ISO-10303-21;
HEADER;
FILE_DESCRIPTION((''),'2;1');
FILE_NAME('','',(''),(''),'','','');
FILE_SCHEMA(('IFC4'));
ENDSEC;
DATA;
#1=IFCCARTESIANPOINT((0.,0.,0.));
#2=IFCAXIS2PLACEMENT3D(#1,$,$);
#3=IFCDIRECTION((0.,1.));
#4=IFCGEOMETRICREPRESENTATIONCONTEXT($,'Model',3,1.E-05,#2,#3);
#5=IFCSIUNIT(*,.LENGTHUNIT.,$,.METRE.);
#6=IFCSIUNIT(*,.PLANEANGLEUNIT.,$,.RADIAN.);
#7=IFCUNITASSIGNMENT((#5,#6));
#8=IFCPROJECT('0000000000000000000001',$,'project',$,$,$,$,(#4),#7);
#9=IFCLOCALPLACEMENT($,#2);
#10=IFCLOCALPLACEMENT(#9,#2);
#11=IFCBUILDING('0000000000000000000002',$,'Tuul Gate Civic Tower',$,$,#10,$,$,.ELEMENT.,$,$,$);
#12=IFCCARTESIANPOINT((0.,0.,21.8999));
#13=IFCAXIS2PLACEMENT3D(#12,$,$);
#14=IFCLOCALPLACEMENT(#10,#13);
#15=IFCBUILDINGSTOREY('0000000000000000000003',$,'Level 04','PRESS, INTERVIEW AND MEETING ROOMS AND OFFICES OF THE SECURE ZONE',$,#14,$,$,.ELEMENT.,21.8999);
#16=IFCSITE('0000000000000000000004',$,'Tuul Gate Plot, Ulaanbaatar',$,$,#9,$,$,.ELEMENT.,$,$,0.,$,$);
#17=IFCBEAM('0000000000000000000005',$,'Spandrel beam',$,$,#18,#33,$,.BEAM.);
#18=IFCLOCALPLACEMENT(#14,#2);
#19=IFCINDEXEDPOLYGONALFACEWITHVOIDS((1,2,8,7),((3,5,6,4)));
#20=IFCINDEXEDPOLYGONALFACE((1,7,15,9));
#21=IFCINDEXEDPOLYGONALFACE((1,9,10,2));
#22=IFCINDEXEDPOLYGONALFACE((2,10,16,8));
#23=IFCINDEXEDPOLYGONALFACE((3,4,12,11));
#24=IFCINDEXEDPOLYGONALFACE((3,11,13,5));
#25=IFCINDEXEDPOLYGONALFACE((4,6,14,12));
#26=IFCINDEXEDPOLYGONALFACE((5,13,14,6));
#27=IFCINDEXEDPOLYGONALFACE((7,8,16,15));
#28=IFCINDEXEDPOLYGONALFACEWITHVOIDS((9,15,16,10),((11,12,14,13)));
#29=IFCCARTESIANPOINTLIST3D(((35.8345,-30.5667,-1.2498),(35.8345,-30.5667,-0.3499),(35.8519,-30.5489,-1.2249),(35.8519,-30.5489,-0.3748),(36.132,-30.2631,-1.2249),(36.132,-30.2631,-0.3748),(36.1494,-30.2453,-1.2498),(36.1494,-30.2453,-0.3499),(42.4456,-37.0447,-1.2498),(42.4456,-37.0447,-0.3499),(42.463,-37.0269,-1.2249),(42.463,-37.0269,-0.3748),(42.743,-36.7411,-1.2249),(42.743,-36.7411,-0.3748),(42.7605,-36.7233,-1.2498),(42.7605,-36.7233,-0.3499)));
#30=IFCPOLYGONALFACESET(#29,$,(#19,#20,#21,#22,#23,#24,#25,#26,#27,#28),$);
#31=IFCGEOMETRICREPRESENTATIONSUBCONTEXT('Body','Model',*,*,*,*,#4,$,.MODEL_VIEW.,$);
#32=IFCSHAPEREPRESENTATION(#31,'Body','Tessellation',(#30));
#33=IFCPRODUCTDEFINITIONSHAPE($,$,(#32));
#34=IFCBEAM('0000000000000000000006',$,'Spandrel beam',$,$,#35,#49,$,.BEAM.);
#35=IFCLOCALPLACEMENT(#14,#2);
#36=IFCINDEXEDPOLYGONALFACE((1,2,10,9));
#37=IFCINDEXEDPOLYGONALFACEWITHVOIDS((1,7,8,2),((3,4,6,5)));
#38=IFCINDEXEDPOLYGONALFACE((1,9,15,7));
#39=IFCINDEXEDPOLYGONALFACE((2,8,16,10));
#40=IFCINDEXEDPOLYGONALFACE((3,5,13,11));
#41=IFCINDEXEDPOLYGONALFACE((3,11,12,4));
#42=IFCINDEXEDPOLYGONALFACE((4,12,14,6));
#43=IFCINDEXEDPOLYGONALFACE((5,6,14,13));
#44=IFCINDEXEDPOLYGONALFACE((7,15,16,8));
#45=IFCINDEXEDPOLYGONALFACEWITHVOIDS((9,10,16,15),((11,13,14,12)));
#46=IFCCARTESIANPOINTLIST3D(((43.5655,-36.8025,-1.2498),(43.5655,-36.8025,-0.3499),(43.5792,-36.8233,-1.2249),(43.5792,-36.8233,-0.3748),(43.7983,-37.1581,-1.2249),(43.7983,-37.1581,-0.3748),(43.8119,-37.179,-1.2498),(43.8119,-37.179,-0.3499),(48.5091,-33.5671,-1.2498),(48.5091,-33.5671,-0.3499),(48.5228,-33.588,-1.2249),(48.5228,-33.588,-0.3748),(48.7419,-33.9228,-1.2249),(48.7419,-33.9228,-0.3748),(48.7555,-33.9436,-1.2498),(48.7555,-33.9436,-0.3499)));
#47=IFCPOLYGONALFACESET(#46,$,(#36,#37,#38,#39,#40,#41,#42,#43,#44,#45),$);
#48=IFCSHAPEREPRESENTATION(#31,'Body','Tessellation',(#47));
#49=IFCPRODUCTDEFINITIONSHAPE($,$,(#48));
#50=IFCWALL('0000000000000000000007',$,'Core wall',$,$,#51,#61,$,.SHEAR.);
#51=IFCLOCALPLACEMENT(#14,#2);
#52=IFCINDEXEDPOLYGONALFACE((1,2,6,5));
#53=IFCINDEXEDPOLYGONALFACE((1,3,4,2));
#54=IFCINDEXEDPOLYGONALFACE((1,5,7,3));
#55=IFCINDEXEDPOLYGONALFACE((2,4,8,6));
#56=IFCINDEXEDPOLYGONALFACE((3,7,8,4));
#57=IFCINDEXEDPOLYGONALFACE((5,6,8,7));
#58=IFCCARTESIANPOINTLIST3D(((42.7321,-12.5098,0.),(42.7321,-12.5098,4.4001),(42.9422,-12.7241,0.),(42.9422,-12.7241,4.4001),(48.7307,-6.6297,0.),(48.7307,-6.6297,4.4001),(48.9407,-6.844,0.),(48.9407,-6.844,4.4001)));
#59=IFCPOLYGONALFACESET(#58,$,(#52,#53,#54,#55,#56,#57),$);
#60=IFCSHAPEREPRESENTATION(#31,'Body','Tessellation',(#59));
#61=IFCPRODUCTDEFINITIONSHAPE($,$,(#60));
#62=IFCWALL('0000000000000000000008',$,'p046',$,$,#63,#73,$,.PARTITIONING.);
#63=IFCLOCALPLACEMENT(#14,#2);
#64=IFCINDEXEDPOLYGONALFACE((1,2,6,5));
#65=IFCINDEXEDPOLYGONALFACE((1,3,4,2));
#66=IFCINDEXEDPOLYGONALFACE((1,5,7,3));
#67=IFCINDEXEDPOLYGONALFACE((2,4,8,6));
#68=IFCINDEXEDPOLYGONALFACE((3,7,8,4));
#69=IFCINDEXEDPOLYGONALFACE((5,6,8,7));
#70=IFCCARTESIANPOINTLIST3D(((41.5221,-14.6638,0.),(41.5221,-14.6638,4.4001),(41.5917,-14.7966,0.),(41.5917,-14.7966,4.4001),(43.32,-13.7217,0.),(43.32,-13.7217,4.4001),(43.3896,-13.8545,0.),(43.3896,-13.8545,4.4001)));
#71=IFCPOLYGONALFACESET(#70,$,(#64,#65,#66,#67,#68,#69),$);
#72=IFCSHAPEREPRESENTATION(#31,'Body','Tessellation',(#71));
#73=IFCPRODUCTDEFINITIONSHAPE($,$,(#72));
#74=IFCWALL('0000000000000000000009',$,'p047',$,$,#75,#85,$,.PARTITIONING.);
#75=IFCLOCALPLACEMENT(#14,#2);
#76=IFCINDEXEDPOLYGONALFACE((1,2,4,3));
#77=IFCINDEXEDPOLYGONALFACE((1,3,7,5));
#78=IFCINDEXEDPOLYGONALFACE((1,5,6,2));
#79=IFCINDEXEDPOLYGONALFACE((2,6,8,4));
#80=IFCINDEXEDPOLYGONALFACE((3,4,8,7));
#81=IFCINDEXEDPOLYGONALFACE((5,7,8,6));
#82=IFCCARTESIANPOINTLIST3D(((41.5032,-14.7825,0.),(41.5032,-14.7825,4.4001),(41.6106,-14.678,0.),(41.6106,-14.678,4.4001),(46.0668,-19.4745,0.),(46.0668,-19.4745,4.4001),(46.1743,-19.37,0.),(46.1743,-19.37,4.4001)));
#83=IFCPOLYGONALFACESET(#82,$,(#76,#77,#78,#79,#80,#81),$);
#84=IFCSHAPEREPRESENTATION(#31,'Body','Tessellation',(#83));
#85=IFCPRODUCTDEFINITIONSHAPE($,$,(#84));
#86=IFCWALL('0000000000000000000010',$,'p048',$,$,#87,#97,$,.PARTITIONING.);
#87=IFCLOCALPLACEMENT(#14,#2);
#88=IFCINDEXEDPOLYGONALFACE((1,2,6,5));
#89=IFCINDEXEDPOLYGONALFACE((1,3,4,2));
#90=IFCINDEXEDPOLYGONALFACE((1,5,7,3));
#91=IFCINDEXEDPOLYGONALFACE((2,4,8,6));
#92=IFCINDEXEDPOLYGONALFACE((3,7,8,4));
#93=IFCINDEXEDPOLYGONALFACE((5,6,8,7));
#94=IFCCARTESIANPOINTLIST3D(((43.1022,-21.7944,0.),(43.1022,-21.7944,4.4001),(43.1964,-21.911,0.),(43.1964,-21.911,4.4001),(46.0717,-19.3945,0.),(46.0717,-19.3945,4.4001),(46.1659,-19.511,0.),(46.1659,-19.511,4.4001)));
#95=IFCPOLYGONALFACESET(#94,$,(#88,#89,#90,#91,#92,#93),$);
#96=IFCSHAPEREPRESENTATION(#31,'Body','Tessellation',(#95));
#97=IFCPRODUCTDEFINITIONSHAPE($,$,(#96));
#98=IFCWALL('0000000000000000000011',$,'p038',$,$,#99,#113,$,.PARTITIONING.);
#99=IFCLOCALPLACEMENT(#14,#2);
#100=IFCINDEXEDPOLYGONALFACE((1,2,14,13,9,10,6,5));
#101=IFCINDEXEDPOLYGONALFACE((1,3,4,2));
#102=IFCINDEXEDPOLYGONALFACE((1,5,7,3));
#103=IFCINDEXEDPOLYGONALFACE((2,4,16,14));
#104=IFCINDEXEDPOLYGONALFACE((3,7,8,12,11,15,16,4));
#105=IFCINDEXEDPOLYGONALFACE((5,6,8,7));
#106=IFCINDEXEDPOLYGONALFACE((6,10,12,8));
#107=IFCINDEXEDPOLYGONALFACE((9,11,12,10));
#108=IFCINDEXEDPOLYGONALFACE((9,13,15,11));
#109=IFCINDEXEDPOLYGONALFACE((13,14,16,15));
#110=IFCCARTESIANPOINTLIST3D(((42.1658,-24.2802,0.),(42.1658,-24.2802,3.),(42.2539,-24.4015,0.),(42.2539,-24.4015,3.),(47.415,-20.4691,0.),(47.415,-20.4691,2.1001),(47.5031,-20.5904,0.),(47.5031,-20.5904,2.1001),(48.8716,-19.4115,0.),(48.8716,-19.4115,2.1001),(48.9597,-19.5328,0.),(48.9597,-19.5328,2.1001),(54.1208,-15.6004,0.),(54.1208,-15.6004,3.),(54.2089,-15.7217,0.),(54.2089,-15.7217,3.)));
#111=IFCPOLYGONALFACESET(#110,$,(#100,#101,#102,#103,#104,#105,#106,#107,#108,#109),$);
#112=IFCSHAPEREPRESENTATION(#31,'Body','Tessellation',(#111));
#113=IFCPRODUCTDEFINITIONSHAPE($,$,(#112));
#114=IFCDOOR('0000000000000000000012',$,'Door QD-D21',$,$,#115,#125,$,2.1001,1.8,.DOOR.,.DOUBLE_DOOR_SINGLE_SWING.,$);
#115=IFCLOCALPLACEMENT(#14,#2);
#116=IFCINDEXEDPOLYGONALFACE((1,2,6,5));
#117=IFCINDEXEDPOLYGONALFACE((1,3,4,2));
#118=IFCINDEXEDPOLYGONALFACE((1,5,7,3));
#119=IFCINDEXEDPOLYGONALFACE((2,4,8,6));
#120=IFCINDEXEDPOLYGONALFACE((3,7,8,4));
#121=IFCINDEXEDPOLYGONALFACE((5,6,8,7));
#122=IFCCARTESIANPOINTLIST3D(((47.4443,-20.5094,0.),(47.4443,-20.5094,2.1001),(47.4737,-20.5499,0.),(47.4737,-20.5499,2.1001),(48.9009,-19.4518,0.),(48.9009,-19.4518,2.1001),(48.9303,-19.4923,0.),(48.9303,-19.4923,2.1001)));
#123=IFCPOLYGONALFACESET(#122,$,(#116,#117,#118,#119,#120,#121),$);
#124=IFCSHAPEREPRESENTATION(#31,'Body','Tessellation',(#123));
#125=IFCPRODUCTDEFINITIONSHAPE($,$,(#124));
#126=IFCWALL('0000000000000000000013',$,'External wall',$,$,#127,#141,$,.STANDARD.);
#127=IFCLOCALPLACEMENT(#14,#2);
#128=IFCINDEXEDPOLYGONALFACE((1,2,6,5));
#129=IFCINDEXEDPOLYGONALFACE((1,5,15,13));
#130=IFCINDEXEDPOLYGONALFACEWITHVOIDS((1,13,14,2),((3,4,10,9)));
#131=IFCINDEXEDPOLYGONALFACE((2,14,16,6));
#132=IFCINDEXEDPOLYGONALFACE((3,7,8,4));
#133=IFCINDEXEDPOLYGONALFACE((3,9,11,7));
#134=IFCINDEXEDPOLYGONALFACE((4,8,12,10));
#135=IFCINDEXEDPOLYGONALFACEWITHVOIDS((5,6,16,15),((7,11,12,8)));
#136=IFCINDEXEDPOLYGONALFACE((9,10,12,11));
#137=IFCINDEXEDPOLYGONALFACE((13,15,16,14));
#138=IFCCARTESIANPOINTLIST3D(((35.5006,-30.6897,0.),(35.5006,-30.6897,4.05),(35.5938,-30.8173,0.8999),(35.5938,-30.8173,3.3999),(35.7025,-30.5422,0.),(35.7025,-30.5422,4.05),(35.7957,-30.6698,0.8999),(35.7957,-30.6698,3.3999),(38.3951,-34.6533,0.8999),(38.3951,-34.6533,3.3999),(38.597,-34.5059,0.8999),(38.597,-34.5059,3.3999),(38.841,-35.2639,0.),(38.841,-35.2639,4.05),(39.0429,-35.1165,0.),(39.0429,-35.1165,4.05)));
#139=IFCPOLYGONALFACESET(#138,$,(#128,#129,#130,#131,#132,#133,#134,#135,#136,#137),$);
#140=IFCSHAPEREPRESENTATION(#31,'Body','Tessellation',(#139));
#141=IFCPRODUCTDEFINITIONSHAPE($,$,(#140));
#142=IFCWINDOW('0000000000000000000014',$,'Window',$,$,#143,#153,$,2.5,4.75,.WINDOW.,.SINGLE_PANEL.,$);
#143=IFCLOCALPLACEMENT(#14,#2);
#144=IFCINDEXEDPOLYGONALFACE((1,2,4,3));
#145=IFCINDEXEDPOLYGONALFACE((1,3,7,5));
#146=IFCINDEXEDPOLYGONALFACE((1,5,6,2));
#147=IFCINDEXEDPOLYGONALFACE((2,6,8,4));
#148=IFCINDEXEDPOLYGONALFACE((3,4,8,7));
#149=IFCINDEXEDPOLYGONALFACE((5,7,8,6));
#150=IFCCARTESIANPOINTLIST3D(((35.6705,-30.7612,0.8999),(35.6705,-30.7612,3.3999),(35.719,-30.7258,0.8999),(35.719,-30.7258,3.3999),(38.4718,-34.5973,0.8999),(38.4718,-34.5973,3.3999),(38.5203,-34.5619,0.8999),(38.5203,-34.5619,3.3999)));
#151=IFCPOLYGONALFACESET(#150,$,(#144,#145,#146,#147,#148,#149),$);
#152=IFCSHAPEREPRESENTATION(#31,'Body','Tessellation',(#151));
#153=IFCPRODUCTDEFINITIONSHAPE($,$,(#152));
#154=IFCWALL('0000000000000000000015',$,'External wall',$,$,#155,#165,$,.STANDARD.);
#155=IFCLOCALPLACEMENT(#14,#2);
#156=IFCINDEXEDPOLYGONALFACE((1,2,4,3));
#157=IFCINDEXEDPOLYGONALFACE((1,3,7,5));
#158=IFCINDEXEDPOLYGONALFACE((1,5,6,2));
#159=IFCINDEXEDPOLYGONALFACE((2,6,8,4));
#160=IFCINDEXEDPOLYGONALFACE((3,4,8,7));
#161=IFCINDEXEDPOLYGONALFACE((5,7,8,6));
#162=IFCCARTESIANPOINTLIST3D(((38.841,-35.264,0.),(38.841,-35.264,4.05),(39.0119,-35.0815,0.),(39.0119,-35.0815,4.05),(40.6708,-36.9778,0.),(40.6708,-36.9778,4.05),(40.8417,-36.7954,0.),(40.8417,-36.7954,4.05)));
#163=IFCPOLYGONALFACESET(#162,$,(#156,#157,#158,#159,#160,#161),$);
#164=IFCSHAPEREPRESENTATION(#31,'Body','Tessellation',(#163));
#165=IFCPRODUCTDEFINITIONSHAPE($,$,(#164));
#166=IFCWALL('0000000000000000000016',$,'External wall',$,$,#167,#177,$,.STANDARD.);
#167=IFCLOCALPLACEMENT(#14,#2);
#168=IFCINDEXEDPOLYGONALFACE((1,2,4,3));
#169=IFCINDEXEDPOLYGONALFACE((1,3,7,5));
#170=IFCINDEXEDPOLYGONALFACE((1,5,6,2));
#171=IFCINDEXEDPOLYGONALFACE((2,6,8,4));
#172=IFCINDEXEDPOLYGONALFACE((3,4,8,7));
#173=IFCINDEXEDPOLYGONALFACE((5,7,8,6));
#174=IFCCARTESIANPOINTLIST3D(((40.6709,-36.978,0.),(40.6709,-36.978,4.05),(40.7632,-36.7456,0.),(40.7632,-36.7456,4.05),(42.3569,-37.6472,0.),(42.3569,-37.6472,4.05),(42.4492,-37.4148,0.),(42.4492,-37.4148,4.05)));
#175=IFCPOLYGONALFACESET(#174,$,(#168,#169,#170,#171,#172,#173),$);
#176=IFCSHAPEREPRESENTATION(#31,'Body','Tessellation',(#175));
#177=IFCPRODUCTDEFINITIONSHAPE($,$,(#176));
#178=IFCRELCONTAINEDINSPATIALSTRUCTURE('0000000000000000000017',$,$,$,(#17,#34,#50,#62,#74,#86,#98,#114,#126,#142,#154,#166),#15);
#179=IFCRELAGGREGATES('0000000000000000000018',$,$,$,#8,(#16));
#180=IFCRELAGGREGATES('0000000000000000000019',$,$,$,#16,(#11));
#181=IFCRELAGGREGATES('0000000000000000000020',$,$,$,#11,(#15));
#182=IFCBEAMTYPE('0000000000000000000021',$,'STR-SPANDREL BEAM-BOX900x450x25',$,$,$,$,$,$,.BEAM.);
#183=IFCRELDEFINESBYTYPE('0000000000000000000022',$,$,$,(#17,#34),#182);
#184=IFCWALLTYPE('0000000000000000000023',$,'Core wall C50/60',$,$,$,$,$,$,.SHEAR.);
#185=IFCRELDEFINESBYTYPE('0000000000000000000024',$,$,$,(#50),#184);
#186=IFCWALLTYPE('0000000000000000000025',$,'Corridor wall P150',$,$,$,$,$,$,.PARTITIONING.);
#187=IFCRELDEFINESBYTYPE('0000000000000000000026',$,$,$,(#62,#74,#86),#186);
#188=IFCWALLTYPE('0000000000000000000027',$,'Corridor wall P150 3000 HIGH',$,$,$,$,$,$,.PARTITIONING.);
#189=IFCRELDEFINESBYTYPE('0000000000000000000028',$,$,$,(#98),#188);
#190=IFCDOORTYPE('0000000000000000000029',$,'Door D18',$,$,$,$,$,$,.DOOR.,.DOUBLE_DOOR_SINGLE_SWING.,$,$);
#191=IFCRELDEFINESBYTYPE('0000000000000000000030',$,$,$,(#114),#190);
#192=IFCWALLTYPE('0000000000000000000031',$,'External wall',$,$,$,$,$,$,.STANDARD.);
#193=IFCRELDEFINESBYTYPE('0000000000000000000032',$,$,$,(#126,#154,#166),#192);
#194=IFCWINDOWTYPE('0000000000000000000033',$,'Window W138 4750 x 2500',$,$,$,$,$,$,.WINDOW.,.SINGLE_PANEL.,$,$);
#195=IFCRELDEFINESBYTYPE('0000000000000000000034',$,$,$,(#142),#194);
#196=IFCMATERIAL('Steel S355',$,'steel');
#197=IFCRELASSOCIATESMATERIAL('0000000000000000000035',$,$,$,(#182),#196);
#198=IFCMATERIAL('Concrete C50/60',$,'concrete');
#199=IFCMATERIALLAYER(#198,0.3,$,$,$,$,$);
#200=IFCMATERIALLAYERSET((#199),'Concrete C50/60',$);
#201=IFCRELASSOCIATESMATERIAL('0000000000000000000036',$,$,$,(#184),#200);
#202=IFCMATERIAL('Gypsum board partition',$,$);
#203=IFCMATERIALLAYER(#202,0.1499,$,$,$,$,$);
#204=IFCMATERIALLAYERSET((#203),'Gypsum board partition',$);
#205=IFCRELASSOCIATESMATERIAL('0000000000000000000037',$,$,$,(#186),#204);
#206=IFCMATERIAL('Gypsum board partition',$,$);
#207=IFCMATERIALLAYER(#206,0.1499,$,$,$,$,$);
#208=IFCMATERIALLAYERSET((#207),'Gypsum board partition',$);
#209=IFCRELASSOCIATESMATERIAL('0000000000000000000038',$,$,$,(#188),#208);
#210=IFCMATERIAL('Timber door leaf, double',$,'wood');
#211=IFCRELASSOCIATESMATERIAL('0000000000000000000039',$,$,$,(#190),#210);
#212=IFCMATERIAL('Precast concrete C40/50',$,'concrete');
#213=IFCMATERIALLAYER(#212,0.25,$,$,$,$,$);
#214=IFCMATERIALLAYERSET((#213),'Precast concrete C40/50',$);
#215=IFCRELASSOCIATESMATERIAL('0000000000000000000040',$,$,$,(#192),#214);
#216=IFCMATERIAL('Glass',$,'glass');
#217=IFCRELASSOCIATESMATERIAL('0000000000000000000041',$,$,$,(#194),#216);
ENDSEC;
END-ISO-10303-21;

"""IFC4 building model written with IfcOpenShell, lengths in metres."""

from ifc_helpers import new_model, si_unit, direction, frame, frame_2d, origin, origin_2d, place, context, subcontext, project, spatial, rectangle, hollow_rectangle, extrude, material, layer, layer_set, material_profile, profile_set, type_object, element, fill, save


model = new_model("IFC4")

# Units and contexts
model_context = context("Model", 3, precision=1e-05, world=origin(), true_north=direction((0.0, 1.0)))
body_context = subcontext(model_context, "Body", "Model", "MODEL_VIEW")
ifc_project = project(units=[si_unit("LENGTHUNIT", "METRE"), si_unit("PLANEANGLEUNIT", "RADIAN")], contexts=[model_context])

# Site, building, storey
site_placement = place(None, origin())
site = spatial("IfcSite", under=ifc_project, at=site_placement, Name="Tuul Gate Plot, Ulaanbaatar", CompositionType="ELEMENT", RefElevation=0.0)
building_placement = place(site_placement, origin())
building = spatial("IfcBuilding", under=site, at=building_placement, Name="Tuul Gate Civic Tower", CompositionType="ELEMENT")
storey_placement = place(building_placement, frame((0.0, 0.0, 21.8999)))
storey = spatial("IfcBuildingStorey", under=building, at=storey_placement, Name="Level 04", Description="PRESS, INTERVIEW AND MEETING ROOMS AND OFFICES OF THE SECURE ZONE", CompositionType="ELEMENT", Elevation=21.8999)

# Beams
ifc_material_1 = material(Name="Steel S355", Category="steel")
ifc_material_profile_1 = material_profile(ifc_material_1, hollow_rectangle(XDim=0.45, YDim=0.8999, WallThickness=0.0249, at=origin_2d()), Name="BOX900x450x25")
ifc_profile_set_1 = profile_set([ifc_material_profile_1], Name="Steel S355")
beam_type_1 = type_object("IfcBeamType", Name="STR-SPANDREL BEAM-BOX900x450x25", PredefinedType="BEAM", material=ifc_profile_set_1)
beam_1_placement = place(storey_placement, frame((35.9919, -30.406, -0.7998), z_axis=(0.714258, -0.699883, 0.0), x_axis=(0.699883, 0.714258, 0.0)))
element("IfcBeam", 1, at=beam_1_placement, inside=storey, type_object=beam_type_1, Name="Spandrel beam", PredefinedType="BEAM", context=body_context, shape_type="SweptSolid", body=[
    extrude(hollow_rectangle(XDim=0.45, YDim=0.8999, WallThickness=0.0249, at=origin_2d()), origin(), (0.0, 0.0, 1.0), 9.2559),
])
beam_2_placement = place(storey_placement, frame((43.6887, -36.9907, -0.7998), z_axis=(0.836737, 0.547604, 0.0), x_axis=(-0.547604, 0.836737, 0.0)))
element("IfcBeam", 2, at=beam_2_placement, inside=storey, type_object=beam_type_1, Name="Spandrel beam", PredefinedType="BEAM", context=body_context, shape_type="SweptSolid", body=[
    extrude(hollow_rectangle(XDim=0.45, YDim=0.8999, WallThickness=0.0249, at=origin_2d()), origin(), (0.0, 0.0, 1.0), 5.9082),
])

# Walls
ifc_material_2 = material(Name="Concrete C50/60", Category="concrete")
ifc_layer_1 = layer(ifc_material_2, 0.3)
ifc_layer_set_1 = layer_set([ifc_layer_1], Name="Concrete C50/60")
wall_type_1 = type_object("IfcWallType", Name="Core wall C50/60", PredefinedType="SHEAR", material=ifc_layer_set_1)
wall_1_placement = place(storey_placement, frame((42.8372, -12.6169, 0.0), z_axis=(0.0, 0.0, 1.0), x_axis=(0.71412, 0.700023, 0.0)))
element("IfcWall", 3, at=wall_1_placement, inside=storey, type_object=wall_type_1, Name="Core wall", PredefinedType="SHEAR", context=body_context, shape_type="SweptSolid", body=[
    extrude(rectangle(XDim=8.3999, YDim=0.3, at=frame_2d((4.2, 0.0))), origin(), (0.0, 0.0, 1.0), 4.4001),
])
ifc_material_3 = material(Name="Gypsum board partition")
ifc_layer_2 = layer(ifc_material_3, 0.1499)
ifc_layer_set_2 = layer_set([ifc_layer_2], Name="Gypsum board partition")
wall_type_2 = type_object("IfcWallType", Name="Corridor wall P150", PredefinedType="PARTITIONING", material=ifc_layer_set_2)
wall_2_placement = place(storey_placement, frame((41.5569, -14.7302, 0.0), z_axis=(0.0, 0.0, 1.0), x_axis=(0.885749, 0.464164, 0.0)))
element("IfcWall", 4, at=wall_2_placement, inside=storey, type_object=wall_type_2, Name="p046", PredefinedType="PARTITIONING", context=body_context, shape_type="SweptSolid", body=[
    extrude(rectangle(XDim=2.0298, YDim=0.1499, at=frame_2d((1.0149, 0.0))), origin(), (0.0, 0.0, 1.0), 4.4001),
])
wall_3_placement = place(storey_placement, frame((41.5569, -14.7302, 0.0), z_axis=(0.0, 0.0, 1.0), x_axis=(0.697229, -0.716848, 0.0)))
element("IfcWall", 5, at=wall_3_placement, inside=storey, type_object=wall_type_2, Name="p047", PredefinedType="PARTITIONING", context=body_context, shape_type="SweptSolid", body=[
    extrude(rectangle(XDim=6.5454, YDim=0.1499, at=frame_2d((3.2727, 0.0))), origin(), (0.0, 0.0, 1.0), 4.4001),
])
wall_4_placement = place(storey_placement, frame((43.1492, -21.8528, 0.0), z_axis=(0.0, 0.0, 1.0), x_axis=(0.777752, 0.628571, 0.0)))
element("IfcWall", 6, at=wall_4_placement, inside=storey, type_object=wall_type_2, Name="p048", PredefinedType="PARTITIONING", context=body_context, shape_type="SweptSolid", body=[
    extrude(rectangle(XDim=3.8181, YDim=0.1499, at=frame_2d((1.9092, 0.0))), origin(), (0.0, 0.0, 1.0), 4.4001),
])

# Wall, opening, door
ifc_material_4 = material(Name="Gypsum board partition")
ifc_layer_3 = layer(ifc_material_4, 0.1499)
ifc_layer_set_3 = layer_set([ifc_layer_3], Name="Gypsum board partition")
wall_type_3 = type_object("IfcWallType", Name="Corridor wall P150 3000 HIGH", PredefinedType="PARTITIONING", material=ifc_layer_set_3)
wall_5_placement = place(storey_placement, frame((42.21, -24.3408, 0.0), z_axis=(0.0, 0.0, 1.0), x_axis=(0.809208, 0.587522, 0.0)))
wall_5 = element("IfcWall", 7, at=wall_5_placement, inside=storey, type_object=wall_type_3, Name="p038", PredefinedType="PARTITIONING", context=body_context, shape_type="SweptSolid", body=[
    extrude(rectangle(XDim=14.7737, YDim=0.1499, at=frame_2d((7.3867, 0.0))), origin(), (0.0, 0.0, 1.0), 3.0),
])
opening_1_placement = place(wall_5_placement, frame((6.4868, 0.0, 0.0)))
opening_1 = element("IfcOpeningElement", 8, at=opening_1_placement, cuts=wall_5, PredefinedType="OPENING", context=body_context, shape_type="SweptSolid", body=[
    extrude(rectangle(XDim=1.8, YDim=2.1001, at=frame_2d((0.8999, 1.05))), frame((0.0, 0.085, 0.0), z_axis=(0.0, -1.0, 0.0), x_axis=(1.0, 0.0, 0.0)), (0.0, 0.0, 1.0), 0.1699),
])
ifc_material_5 = material(Name="Timber door leaf, double", Category="wood")
door_type = type_object("IfcDoorType", Name="Door D18", OperationType="DOUBLE_DOOR_SINGLE_SWING", PredefinedType="DOOR", material=ifc_material_5)
door_placement = place(opening_1_placement, frame((1.8, 0.0, 0.0), z_axis=(0.0, 0.0, 1.0), x_axis=(-1.0, 0.0, 0.0)))
door = element("IfcDoor", 9, at=door_placement, inside=storey, type_object=door_type, Name="Door QD-D21", OperationType="DOUBLE_DOOR_SINGLE_SWING", OverallHeight=2.1001, OverallWidth=1.8, PredefinedType="DOOR", context=body_context, shape_type="SweptSolid", body=[
    extrude(rectangle(XDim=1.8, YDim=2.1001, at=frame_2d((0.9001, 1.05))), frame((0.0, 0.0249, 0.0), z_axis=(0.0, -1.0, 0.0), x_axis=(1.0, 0.0, 0.0)), (0.0, 0.0, 1.0), 0.05),
])
fill(opening_1, door)

# Wall, opening, window
ifc_material_6 = material(Name="Precast concrete C40/50", Category="concrete")
ifc_layer_4 = layer(ifc_material_6, 0.25)
ifc_layer_set_4 = layer_set([ifc_layer_4], Name="Precast concrete C40/50")
wall_type_4 = type_object("IfcWallType", Name="External wall", PredefinedType="STANDARD", material=ifc_layer_set_4)
wall_6_placement = place(storey_placement, frame((35.6016, -30.616, 0.0), z_axis=(0.0, 0.0, 1.0), x_axis=(0.589744, -0.80759, 0.0)))
wall_6 = element("IfcWall", 10, at=wall_6_placement, inside=storey, type_object=wall_type_4, Name="External wall", PredefinedType="STANDARD", context=body_context, shape_type="SweptSolid", body=[
    extrude(rectangle(XDim=5.6641, YDim=0.25, at=frame_2d((2.832, 0.0))), origin(), (0.0, 0.0, 1.0), 4.05),
])
opening_2_placement = place(wall_6_placement, frame((0.158, 0.0, 0.8999)))
opening_2 = element("IfcOpeningElement", 11, at=opening_2_placement, cuts=wall_6, PredefinedType="OPENING", context=body_context, shape_type="SweptSolid", body=[
    extrude(rectangle(XDim=4.75, YDim=2.5, at=frame_2d((2.375, 1.25))), frame((0.0, 0.135, 0.0), z_axis=(0.0, -1.0, 0.0), x_axis=(1.0, 0.0, 0.0)), (0.0, 0.0, 1.0), 0.27),
])
ifc_material_7 = material(Name="Glass", Category="glass")
window_type = type_object("IfcWindowType", Name="Window W138 4750 x 2500", PartitioningType="SINGLE_PANEL", PredefinedType="WINDOW", material=ifc_material_7)
window_placement = place(opening_2_placement, origin())
window = element("IfcWindow", 12, at=window_placement, inside=storey, type_object=window_type, Name="Window", OverallHeight=2.5, OverallWidth=4.75, PartitioningType="SINGLE_PANEL", PredefinedType="WINDOW", context=body_context, shape_type="SweptSolid", body=[
    extrude(rectangle(XDim=4.75, YDim=2.5, at=frame_2d((2.375, 1.25))), frame((0.0, 0.03, 0.0), z_axis=(0.0, -1.0, 0.0), x_axis=(1.0, 0.0, 0.0)), (0.0, 0.0, 1.0), 0.0601),
])
fill(opening_2, window)

# Walls
wall_7_placement = place(storey_placement, frame((38.9265, -35.1729, 0.0), z_axis=(0.0, 0.0, 1.0), x_axis=(0.729856, -0.683601, 0.0)))
element("IfcWall", 13, at=wall_7_placement, inside=storey, type_object=wall_type_4, Name="External wall", PredefinedType="STANDARD", context=body_context, shape_type="SweptSolid", body=[
    extrude(rectangle(XDim=2.5071, YDim=0.25, at=frame_2d((1.2534, 0.0))), origin(), (0.0, 0.0, 1.0), 4.05),
])
wall_8_placement = place(storey_placement, frame((40.717, -36.8618, 0.0), z_axis=(0.0, 0.0, 1.0), x_axis=(0.929467, -0.368906, 0.0)))
element("IfcWall", 14, at=wall_8_placement, inside=storey, type_object=wall_type_4, Name="External wall", PredefinedType="STANDARD", context=body_context, shape_type="SweptSolid", body=[
    extrude(rectangle(XDim=1.814, YDim=0.25, at=frame_2d((0.907, 0.0))), origin(), (0.0, 0.0, 1.0), 4.05),
])

save(model, "model.ifc")
